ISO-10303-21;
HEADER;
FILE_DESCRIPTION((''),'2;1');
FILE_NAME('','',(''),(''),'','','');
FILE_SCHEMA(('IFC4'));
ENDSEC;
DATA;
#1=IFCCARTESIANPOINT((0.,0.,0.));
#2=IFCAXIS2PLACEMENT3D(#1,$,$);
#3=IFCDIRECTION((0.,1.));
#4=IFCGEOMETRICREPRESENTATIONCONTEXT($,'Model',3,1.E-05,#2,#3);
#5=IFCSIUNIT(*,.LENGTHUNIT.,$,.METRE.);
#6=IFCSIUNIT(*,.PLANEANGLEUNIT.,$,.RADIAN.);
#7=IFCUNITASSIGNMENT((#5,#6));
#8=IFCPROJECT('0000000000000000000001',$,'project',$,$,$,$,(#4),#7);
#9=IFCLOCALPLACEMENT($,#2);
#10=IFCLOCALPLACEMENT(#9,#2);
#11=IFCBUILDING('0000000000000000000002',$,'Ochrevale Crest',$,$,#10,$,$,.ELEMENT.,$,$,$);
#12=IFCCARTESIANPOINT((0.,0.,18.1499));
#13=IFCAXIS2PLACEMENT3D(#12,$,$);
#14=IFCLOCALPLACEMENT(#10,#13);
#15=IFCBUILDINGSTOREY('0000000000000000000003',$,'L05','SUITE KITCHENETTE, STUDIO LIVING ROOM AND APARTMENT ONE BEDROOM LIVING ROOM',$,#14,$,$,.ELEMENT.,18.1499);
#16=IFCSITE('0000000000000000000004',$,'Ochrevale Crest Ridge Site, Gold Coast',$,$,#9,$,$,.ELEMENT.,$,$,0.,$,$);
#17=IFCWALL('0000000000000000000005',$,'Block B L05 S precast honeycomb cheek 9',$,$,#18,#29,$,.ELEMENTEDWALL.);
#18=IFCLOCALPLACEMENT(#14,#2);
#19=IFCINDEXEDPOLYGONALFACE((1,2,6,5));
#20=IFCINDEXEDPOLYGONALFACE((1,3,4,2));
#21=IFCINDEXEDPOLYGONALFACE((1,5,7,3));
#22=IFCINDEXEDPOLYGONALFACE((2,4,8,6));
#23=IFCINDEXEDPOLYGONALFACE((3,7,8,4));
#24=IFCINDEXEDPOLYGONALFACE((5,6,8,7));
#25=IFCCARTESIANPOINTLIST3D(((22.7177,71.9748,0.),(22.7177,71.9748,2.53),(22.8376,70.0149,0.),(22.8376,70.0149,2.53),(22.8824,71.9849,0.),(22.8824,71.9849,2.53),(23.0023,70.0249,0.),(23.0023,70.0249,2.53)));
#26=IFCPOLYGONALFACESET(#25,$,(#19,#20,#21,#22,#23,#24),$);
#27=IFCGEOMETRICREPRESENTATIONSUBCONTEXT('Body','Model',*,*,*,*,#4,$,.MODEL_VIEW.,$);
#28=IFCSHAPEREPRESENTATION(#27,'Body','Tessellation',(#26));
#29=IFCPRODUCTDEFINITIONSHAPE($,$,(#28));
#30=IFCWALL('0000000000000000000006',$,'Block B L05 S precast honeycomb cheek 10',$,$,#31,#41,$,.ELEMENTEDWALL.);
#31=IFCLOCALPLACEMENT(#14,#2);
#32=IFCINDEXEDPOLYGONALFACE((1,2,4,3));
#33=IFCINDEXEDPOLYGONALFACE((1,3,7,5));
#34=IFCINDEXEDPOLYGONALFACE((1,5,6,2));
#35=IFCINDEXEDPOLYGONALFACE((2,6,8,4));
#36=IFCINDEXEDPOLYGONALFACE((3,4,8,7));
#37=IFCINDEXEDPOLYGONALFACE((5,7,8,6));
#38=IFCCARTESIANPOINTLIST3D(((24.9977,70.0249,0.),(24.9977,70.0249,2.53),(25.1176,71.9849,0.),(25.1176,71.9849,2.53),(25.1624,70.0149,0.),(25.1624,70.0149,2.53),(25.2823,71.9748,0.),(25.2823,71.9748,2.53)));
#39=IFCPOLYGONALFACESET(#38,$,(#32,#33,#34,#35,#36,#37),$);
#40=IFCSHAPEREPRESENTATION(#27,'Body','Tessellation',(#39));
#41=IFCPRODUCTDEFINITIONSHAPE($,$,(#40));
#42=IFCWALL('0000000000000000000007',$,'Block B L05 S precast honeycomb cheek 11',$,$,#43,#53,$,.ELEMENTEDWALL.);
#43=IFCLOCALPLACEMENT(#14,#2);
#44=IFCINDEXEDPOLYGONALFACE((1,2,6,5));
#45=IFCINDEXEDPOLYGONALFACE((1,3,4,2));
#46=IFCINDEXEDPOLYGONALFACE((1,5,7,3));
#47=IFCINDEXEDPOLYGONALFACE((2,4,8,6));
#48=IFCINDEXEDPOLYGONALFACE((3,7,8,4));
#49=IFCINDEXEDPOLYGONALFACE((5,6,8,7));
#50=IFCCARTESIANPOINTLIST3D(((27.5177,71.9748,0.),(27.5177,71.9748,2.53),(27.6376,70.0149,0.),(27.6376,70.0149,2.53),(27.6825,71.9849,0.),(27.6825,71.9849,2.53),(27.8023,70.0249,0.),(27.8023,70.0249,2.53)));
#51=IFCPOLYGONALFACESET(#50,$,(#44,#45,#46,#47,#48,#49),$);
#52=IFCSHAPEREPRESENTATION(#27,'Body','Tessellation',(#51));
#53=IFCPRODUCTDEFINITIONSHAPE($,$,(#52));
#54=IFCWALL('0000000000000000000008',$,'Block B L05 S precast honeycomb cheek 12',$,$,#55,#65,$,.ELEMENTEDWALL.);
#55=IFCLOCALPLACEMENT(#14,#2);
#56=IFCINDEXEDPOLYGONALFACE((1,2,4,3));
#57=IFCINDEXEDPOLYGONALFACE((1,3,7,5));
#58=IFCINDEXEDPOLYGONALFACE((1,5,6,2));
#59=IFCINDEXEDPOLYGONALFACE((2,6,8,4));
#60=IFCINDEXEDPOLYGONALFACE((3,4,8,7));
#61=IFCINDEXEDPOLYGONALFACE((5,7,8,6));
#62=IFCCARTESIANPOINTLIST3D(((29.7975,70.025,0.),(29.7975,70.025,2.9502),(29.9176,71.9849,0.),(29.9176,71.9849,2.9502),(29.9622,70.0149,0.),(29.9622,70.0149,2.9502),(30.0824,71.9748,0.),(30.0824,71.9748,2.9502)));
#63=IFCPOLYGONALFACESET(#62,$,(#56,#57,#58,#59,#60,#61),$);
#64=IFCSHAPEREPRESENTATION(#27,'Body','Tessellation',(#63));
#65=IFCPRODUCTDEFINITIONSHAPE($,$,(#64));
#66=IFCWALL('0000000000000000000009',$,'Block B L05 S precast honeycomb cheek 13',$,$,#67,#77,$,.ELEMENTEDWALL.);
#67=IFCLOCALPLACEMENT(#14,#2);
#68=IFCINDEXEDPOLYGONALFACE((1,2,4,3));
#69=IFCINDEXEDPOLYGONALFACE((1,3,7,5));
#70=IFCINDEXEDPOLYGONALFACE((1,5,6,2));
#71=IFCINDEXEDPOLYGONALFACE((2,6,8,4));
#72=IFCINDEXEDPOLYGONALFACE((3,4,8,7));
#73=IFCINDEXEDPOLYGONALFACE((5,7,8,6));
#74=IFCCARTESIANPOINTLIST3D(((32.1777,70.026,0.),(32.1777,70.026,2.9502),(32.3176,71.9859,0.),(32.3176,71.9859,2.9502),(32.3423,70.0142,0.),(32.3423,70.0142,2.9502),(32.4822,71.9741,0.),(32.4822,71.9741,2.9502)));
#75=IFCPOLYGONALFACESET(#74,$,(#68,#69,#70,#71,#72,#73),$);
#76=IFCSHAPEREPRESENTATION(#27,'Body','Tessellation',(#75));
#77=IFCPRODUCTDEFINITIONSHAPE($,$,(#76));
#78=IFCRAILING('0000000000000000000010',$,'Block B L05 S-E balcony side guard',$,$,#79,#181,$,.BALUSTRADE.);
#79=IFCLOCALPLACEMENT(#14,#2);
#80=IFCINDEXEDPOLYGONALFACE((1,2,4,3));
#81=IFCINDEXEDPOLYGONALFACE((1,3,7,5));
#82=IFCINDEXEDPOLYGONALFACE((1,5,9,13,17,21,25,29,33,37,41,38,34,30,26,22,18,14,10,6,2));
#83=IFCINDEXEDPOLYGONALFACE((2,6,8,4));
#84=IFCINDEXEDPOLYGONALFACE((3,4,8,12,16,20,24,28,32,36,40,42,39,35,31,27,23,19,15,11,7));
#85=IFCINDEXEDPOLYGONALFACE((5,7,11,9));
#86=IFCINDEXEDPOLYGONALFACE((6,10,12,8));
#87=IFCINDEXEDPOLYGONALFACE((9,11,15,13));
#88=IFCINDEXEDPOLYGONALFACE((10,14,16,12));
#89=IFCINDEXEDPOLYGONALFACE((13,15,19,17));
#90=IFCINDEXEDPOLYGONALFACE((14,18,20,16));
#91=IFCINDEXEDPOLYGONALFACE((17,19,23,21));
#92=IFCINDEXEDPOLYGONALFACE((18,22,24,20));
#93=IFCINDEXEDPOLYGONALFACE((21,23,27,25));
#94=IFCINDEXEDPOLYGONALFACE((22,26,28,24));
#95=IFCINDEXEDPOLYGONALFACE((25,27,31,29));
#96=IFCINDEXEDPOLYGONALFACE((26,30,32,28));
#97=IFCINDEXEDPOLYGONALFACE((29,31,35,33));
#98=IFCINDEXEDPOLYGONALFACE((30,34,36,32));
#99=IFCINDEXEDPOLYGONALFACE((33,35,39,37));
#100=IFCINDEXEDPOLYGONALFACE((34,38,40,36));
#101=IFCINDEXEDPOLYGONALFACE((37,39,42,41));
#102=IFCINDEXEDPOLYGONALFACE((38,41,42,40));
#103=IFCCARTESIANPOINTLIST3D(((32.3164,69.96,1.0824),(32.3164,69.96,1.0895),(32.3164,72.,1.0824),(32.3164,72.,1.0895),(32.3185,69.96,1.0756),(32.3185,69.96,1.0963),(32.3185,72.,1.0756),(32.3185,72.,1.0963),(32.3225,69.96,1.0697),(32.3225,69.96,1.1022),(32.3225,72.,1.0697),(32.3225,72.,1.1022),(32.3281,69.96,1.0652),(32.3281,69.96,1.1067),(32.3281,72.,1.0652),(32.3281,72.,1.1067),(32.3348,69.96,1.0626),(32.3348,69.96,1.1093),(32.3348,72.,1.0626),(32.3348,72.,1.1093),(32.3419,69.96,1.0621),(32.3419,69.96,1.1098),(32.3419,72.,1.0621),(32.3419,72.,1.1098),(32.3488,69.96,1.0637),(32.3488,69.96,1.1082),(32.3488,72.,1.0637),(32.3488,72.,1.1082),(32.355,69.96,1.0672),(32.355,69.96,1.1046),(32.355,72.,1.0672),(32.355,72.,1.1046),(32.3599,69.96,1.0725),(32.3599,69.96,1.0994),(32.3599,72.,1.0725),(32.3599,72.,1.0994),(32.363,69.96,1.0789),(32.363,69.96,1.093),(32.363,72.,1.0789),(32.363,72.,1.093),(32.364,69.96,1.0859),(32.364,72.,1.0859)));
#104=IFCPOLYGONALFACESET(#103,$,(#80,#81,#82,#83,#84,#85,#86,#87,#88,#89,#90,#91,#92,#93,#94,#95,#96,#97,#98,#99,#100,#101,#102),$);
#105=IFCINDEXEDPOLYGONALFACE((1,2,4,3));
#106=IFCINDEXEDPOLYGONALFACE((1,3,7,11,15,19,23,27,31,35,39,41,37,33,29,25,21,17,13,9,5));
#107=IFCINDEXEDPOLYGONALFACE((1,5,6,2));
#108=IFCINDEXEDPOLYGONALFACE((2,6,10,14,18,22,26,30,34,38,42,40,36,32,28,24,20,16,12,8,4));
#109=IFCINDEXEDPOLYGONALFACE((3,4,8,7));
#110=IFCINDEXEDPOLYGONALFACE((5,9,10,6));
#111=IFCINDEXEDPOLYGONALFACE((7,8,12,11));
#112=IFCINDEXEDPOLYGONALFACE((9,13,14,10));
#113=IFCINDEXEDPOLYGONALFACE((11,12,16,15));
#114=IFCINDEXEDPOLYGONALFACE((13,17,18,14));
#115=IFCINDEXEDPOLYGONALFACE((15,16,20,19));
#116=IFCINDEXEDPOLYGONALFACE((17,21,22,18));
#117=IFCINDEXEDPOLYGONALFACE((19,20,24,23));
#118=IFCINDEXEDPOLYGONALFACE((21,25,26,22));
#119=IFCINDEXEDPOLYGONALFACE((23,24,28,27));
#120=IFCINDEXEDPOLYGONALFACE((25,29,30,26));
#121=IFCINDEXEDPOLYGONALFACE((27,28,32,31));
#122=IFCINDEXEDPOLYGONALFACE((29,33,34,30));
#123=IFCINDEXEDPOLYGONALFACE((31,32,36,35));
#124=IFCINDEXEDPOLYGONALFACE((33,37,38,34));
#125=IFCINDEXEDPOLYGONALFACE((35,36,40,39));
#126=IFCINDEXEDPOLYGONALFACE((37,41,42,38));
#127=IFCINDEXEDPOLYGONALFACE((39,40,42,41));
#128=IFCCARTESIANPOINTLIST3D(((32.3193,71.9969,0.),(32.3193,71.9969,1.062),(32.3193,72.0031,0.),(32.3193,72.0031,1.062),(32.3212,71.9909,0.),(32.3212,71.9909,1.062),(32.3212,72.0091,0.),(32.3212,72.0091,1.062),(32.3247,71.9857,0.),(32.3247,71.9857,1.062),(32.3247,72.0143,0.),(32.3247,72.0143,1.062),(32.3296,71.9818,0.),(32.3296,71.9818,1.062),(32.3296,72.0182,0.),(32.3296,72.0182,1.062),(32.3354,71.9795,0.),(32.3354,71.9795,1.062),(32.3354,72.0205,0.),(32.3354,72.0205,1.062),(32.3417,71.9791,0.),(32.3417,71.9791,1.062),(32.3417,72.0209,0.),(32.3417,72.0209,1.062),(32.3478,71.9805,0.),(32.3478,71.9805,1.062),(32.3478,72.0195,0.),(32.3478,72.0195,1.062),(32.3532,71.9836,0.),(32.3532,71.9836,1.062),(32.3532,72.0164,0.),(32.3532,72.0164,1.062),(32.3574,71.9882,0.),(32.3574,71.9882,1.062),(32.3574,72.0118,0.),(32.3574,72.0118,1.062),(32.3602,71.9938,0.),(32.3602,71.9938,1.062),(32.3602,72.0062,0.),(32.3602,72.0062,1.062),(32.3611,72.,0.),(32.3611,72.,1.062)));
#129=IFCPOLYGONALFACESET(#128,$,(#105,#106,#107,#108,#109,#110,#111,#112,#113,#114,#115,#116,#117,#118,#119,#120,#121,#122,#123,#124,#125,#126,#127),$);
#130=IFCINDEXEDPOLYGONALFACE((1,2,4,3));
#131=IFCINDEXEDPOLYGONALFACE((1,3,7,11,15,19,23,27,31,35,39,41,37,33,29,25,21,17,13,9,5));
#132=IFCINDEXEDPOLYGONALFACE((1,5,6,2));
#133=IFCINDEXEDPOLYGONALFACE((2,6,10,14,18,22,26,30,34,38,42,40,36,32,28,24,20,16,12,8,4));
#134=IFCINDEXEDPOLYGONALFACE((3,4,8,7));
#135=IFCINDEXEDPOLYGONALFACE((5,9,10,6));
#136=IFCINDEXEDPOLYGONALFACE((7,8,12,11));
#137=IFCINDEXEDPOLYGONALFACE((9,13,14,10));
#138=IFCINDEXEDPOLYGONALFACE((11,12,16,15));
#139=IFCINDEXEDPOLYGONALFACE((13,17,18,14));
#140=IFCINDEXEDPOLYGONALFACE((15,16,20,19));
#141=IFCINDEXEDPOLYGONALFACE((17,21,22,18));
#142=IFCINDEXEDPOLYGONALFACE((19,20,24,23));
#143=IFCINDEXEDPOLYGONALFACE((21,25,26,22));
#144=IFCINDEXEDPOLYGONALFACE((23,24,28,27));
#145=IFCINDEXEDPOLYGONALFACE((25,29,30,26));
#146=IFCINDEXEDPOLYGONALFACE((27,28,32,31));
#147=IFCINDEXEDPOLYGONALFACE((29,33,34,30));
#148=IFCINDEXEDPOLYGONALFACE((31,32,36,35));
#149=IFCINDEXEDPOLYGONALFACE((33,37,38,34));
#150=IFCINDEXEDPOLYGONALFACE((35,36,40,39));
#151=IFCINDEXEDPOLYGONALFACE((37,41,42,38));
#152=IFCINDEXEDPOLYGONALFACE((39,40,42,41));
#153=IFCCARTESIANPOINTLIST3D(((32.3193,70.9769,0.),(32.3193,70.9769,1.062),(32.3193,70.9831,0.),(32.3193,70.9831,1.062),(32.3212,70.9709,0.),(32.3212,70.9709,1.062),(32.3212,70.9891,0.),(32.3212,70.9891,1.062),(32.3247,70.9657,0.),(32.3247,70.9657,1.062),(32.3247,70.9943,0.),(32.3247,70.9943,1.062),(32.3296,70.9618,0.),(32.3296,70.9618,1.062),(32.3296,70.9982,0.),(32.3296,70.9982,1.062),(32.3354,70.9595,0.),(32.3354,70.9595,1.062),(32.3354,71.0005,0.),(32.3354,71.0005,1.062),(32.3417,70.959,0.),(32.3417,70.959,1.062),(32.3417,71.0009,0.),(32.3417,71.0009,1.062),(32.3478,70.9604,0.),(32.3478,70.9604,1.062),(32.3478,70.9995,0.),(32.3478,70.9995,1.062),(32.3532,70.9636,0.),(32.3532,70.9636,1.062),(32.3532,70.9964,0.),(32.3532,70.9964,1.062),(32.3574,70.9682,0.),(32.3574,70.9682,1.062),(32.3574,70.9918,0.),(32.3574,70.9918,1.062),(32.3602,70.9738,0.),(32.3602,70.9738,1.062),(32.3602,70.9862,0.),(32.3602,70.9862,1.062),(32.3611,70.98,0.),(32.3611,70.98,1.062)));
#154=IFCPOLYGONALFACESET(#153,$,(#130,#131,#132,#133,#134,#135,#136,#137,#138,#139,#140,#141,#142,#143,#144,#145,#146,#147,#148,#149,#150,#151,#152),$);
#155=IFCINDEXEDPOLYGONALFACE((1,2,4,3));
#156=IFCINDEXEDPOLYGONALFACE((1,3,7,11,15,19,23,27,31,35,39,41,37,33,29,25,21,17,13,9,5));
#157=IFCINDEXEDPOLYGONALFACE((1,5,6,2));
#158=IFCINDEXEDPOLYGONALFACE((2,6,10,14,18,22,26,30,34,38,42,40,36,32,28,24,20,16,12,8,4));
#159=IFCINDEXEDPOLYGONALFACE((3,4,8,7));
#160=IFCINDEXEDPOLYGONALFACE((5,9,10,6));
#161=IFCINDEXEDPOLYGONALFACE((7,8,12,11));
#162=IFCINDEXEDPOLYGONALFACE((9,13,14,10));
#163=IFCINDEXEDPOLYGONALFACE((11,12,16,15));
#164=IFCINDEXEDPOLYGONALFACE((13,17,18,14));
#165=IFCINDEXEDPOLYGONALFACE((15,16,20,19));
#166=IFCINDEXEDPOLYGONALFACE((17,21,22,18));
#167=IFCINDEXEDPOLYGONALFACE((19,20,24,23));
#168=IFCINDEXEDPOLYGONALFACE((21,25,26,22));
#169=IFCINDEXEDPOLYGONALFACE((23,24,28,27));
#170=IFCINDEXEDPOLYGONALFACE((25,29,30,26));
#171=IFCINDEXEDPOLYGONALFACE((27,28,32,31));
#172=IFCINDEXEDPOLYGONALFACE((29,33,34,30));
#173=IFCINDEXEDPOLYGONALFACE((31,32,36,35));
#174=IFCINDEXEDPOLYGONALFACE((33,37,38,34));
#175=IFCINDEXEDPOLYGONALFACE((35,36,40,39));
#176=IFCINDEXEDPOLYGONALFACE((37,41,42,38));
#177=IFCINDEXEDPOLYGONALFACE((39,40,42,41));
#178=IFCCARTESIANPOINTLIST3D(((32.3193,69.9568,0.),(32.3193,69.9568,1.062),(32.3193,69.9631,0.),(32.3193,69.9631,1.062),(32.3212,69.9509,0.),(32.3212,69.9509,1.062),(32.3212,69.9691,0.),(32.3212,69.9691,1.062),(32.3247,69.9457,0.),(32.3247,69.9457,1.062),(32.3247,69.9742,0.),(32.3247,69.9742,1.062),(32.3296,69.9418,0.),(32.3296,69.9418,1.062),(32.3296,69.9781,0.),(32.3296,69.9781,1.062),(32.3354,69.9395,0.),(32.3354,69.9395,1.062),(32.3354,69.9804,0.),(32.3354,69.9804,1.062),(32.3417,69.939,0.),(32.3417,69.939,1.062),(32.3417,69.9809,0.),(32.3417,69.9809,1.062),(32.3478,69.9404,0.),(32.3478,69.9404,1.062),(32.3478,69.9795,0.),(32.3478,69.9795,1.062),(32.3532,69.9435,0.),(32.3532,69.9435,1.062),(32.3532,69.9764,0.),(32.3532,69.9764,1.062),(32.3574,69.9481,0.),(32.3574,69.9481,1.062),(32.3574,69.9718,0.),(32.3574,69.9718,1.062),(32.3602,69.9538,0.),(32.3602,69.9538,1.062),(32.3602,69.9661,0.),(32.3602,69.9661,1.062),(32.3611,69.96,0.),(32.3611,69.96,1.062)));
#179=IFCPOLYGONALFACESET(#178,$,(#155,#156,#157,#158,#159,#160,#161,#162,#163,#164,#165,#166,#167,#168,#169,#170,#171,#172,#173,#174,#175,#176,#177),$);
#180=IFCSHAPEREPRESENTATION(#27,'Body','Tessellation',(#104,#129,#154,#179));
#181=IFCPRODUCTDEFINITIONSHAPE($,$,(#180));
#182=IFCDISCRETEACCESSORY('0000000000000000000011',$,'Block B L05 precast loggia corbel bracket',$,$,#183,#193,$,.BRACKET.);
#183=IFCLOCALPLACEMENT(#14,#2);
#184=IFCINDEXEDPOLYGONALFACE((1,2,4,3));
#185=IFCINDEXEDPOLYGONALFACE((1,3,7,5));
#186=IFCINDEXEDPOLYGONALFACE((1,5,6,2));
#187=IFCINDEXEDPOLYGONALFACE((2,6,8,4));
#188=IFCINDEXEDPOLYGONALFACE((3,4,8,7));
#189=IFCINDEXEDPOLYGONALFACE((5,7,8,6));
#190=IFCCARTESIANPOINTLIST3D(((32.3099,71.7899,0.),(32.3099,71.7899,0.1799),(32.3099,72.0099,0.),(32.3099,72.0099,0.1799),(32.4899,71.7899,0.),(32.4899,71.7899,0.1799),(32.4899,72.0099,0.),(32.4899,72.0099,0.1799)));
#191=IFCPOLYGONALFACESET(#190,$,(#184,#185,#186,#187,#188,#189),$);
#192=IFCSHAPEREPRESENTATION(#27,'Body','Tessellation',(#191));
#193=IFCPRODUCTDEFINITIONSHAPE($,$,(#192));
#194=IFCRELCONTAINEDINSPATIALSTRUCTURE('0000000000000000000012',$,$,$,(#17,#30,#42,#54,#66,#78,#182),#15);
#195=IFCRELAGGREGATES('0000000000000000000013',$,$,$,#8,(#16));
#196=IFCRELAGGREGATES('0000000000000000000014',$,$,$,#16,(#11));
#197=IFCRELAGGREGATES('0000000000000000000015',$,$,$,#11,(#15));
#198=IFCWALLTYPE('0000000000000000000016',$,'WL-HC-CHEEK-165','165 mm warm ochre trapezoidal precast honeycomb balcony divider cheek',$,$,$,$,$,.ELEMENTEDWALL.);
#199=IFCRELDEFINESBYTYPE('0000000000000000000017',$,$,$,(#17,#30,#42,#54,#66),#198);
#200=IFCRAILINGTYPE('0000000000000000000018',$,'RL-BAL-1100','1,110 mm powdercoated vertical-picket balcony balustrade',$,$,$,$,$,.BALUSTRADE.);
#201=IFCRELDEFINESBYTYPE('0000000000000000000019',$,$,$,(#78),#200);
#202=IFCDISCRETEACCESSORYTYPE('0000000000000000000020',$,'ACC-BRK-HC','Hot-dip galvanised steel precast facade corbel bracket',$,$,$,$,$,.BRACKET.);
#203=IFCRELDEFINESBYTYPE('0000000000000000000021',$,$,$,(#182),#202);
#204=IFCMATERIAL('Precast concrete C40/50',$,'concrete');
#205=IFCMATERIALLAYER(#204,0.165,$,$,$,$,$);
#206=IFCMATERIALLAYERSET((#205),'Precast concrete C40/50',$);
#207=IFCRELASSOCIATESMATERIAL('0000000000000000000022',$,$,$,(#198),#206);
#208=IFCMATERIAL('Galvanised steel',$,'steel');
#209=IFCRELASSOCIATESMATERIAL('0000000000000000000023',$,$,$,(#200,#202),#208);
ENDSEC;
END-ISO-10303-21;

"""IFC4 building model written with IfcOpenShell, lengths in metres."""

from ifc_helpers import new_model, si_unit, direction, frame, frame_2d, origin, origin_2d, place, context, subcontext, project, spatial, rectangle, circle, extrude, material, layer, layer_set, type_object, element, save


model = new_model("IFC4")

# Units and contexts
model_context = context("Model", 3, precision=1e-05, world=origin(), true_north=direction((0.0, 1.0)))
body_context = subcontext(model_context, "Body", "Model", "MODEL_VIEW")
ifc_project = project(units=[si_unit("LENGTHUNIT", "METRE"), si_unit("PLANEANGLEUNIT", "RADIAN")], contexts=[model_context])

# Site, building, storey
site_placement = place(None, origin())
site = spatial("IfcSite", under=ifc_project, at=site_placement, Name="Ochrevale Crest Ridge Site, Gold Coast", CompositionType="ELEMENT", RefElevation=0.0)
building_placement = place(site_placement, origin())
building = spatial("IfcBuilding", under=site, at=building_placement, Name="Ochrevale Crest", CompositionType="ELEMENT")
storey_placement = place(building_placement, frame((0.0, 0.0, 18.1499)))
storey = spatial("IfcBuildingStorey", under=building, at=storey_placement, Name="L05", Description="SUITE KITCHENETTE, STUDIO LIVING ROOM AND APARTMENT ONE BEDROOM LIVING ROOM", CompositionType="ELEMENT", Elevation=18.1499)

# Shared definitions
ifc_material_1 = material(Name="Precast concrete C40/50", Category="concrete")

# Walls
ifc_layer_1 = layer(ifc_material_1, 0.165)
ifc_layer_set_1 = layer_set([ifc_layer_1], Name="Precast concrete C40/50")
wall_type = type_object("IfcWallType", Name="WL-HC-CHEEK-165", Description="165 mm warm ochre trapezoidal precast honeycomb balcony divider cheek", PredefinedType="ELEMENTEDWALL", material=ifc_layer_set_1)
for number, where, z_axis, x_axis, name in (
    (1, (22.8, 71.98, 0.0), (0.0, 0.0, 1.0), (0.061047, -0.998135, 0.0), "Block B L05 S precast honeycomb cheek 9"),
    (2, (25.2, 71.98, 0.0), (0.0, 0.0, 1.0), (-0.061047, -0.998135, 0.0), "Block B L05 S precast honeycomb cheek 10"),
    (3, (27.6001, 71.98, 0.0), (0.0, 0.0, 1.0), (0.061047, -0.998135, 0.0), "Block B L05 S precast honeycomb cheek 11"),
):
    element("IfcWall", number, at=place(storey_placement, frame(where, z_axis=z_axis, x_axis=x_axis)), inside=storey, type_object=wall_type, Name=name, PredefinedType="ELEMENTEDWALL", context=body_context, shape_type="SweptSolid", body=[
        extrude(rectangle(XDim=1.9636, YDim=0.165, at=frame_2d((0.9819, 0.0))), origin(), (0.0, 0.0, 1.0), 2.53),
    ])
wall_1_placement = place(storey_placement, frame((30.0, 71.98, 0.0), z_axis=(0.0, 0.0, 1.0), x_axis=(-0.061171, -0.998127, 0.0)))
element("IfcWall", 4, at=wall_1_placement, inside=storey, type_object=wall_type, Name="Block B L05 S precast honeycomb cheek 12", PredefinedType="ELEMENTEDWALL", context=body_context, shape_type="SweptSolid", body=[
    extrude(rectangle(XDim=1.9636, YDim=0.165, at=frame_2d((0.9819, 0.0))), origin(), (0.0, 0.0, 1.0), 2.9502),
])
wall_2_placement = place(storey_placement, frame((32.3999, 71.98, 0.0), z_axis=(0.0, 0.0, 1.0), x_axis=(-0.071194, -0.997462, 0.0)))
element("IfcWall", 5, at=wall_2_placement, inside=storey, type_object=wall_type, Name="Block B L05 S precast honeycomb cheek 13", PredefinedType="ELEMENTEDWALL", context=body_context, shape_type="SweptSolid", body=[
    extrude(rectangle(XDim=1.9648, YDim=0.165, at=frame_2d((0.9824, 0.0))), origin(), (0.0, 0.0, 1.0), 2.9502),
])

# Railing
ifc_material_2 = material(Name="Galvanised steel", Category="steel")
railing_type = type_object("IfcRailingType", Name="RL-BAL-1100", Description="1,110 mm powdercoated vertical-picket balcony balustrade", PredefinedType="BALUSTRADE", material=ifc_material_2)
railing_placement = place(storey_placement, frame((32.3401, 72.0, 0.0)))
element("IfcRailing", 6, at=railing_placement, inside=storey, type_object=railing_type, Name="Block B L05 S-E balcony side guard", PredefinedType="BALUSTRADE", context=body_context, shape_type="SweptSolid", body=[
    extrude(circle(Radius=0.0239, at=origin_2d()), frame((0.0, 0.0, 1.0859), z_axis=(0.0, -1.0, 0.0), x_axis=(1.0, 0.0, 0.0)), (0.0, 0.0, 1.0), 2.04),
    extrude(circle(Radius=0.021, at=origin_2d()), origin(), (0.0, 0.0, 1.0), 1.062),
    extrude(circle(Radius=0.021, at=origin_2d()), frame((0.0, -1.02, 0.0)), (0.0, 0.0, 1.0), 1.062),
    extrude(circle(Radius=0.021, at=origin_2d()), frame((0.0, -2.04, 0.0)), (0.0, 0.0, 1.0), 1.062),
])

# Discrete accessory
discrete_accessory_type = type_object("IfcDiscreteAccessoryType", Name="ACC-BRK-HC", Description="Hot-dip galvanised steel precast facade corbel bracket", PredefinedType="BRACKET", material=ifc_material_2)
discrete_accessory_placement = place(storey_placement, frame((32.3999, 71.8999, 0.0), z_axis=(0.0, 0.0, 1.0), x_axis=(1.0, 0.0, 0.0)))
element("IfcDiscreteAccessory", 7, at=discrete_accessory_placement, inside=storey, type_object=discrete_accessory_type, Name="Block B L05 precast loggia corbel bracket", PredefinedType="BRACKET", context=body_context, shape_type="SweptSolid", body=[
    extrude(rectangle(XDim=0.1799, YDim=0.22, at=origin_2d()), origin(), (0.0, 0.0, 1.0), 0.1799),
])

save(model, "model.ifc")
